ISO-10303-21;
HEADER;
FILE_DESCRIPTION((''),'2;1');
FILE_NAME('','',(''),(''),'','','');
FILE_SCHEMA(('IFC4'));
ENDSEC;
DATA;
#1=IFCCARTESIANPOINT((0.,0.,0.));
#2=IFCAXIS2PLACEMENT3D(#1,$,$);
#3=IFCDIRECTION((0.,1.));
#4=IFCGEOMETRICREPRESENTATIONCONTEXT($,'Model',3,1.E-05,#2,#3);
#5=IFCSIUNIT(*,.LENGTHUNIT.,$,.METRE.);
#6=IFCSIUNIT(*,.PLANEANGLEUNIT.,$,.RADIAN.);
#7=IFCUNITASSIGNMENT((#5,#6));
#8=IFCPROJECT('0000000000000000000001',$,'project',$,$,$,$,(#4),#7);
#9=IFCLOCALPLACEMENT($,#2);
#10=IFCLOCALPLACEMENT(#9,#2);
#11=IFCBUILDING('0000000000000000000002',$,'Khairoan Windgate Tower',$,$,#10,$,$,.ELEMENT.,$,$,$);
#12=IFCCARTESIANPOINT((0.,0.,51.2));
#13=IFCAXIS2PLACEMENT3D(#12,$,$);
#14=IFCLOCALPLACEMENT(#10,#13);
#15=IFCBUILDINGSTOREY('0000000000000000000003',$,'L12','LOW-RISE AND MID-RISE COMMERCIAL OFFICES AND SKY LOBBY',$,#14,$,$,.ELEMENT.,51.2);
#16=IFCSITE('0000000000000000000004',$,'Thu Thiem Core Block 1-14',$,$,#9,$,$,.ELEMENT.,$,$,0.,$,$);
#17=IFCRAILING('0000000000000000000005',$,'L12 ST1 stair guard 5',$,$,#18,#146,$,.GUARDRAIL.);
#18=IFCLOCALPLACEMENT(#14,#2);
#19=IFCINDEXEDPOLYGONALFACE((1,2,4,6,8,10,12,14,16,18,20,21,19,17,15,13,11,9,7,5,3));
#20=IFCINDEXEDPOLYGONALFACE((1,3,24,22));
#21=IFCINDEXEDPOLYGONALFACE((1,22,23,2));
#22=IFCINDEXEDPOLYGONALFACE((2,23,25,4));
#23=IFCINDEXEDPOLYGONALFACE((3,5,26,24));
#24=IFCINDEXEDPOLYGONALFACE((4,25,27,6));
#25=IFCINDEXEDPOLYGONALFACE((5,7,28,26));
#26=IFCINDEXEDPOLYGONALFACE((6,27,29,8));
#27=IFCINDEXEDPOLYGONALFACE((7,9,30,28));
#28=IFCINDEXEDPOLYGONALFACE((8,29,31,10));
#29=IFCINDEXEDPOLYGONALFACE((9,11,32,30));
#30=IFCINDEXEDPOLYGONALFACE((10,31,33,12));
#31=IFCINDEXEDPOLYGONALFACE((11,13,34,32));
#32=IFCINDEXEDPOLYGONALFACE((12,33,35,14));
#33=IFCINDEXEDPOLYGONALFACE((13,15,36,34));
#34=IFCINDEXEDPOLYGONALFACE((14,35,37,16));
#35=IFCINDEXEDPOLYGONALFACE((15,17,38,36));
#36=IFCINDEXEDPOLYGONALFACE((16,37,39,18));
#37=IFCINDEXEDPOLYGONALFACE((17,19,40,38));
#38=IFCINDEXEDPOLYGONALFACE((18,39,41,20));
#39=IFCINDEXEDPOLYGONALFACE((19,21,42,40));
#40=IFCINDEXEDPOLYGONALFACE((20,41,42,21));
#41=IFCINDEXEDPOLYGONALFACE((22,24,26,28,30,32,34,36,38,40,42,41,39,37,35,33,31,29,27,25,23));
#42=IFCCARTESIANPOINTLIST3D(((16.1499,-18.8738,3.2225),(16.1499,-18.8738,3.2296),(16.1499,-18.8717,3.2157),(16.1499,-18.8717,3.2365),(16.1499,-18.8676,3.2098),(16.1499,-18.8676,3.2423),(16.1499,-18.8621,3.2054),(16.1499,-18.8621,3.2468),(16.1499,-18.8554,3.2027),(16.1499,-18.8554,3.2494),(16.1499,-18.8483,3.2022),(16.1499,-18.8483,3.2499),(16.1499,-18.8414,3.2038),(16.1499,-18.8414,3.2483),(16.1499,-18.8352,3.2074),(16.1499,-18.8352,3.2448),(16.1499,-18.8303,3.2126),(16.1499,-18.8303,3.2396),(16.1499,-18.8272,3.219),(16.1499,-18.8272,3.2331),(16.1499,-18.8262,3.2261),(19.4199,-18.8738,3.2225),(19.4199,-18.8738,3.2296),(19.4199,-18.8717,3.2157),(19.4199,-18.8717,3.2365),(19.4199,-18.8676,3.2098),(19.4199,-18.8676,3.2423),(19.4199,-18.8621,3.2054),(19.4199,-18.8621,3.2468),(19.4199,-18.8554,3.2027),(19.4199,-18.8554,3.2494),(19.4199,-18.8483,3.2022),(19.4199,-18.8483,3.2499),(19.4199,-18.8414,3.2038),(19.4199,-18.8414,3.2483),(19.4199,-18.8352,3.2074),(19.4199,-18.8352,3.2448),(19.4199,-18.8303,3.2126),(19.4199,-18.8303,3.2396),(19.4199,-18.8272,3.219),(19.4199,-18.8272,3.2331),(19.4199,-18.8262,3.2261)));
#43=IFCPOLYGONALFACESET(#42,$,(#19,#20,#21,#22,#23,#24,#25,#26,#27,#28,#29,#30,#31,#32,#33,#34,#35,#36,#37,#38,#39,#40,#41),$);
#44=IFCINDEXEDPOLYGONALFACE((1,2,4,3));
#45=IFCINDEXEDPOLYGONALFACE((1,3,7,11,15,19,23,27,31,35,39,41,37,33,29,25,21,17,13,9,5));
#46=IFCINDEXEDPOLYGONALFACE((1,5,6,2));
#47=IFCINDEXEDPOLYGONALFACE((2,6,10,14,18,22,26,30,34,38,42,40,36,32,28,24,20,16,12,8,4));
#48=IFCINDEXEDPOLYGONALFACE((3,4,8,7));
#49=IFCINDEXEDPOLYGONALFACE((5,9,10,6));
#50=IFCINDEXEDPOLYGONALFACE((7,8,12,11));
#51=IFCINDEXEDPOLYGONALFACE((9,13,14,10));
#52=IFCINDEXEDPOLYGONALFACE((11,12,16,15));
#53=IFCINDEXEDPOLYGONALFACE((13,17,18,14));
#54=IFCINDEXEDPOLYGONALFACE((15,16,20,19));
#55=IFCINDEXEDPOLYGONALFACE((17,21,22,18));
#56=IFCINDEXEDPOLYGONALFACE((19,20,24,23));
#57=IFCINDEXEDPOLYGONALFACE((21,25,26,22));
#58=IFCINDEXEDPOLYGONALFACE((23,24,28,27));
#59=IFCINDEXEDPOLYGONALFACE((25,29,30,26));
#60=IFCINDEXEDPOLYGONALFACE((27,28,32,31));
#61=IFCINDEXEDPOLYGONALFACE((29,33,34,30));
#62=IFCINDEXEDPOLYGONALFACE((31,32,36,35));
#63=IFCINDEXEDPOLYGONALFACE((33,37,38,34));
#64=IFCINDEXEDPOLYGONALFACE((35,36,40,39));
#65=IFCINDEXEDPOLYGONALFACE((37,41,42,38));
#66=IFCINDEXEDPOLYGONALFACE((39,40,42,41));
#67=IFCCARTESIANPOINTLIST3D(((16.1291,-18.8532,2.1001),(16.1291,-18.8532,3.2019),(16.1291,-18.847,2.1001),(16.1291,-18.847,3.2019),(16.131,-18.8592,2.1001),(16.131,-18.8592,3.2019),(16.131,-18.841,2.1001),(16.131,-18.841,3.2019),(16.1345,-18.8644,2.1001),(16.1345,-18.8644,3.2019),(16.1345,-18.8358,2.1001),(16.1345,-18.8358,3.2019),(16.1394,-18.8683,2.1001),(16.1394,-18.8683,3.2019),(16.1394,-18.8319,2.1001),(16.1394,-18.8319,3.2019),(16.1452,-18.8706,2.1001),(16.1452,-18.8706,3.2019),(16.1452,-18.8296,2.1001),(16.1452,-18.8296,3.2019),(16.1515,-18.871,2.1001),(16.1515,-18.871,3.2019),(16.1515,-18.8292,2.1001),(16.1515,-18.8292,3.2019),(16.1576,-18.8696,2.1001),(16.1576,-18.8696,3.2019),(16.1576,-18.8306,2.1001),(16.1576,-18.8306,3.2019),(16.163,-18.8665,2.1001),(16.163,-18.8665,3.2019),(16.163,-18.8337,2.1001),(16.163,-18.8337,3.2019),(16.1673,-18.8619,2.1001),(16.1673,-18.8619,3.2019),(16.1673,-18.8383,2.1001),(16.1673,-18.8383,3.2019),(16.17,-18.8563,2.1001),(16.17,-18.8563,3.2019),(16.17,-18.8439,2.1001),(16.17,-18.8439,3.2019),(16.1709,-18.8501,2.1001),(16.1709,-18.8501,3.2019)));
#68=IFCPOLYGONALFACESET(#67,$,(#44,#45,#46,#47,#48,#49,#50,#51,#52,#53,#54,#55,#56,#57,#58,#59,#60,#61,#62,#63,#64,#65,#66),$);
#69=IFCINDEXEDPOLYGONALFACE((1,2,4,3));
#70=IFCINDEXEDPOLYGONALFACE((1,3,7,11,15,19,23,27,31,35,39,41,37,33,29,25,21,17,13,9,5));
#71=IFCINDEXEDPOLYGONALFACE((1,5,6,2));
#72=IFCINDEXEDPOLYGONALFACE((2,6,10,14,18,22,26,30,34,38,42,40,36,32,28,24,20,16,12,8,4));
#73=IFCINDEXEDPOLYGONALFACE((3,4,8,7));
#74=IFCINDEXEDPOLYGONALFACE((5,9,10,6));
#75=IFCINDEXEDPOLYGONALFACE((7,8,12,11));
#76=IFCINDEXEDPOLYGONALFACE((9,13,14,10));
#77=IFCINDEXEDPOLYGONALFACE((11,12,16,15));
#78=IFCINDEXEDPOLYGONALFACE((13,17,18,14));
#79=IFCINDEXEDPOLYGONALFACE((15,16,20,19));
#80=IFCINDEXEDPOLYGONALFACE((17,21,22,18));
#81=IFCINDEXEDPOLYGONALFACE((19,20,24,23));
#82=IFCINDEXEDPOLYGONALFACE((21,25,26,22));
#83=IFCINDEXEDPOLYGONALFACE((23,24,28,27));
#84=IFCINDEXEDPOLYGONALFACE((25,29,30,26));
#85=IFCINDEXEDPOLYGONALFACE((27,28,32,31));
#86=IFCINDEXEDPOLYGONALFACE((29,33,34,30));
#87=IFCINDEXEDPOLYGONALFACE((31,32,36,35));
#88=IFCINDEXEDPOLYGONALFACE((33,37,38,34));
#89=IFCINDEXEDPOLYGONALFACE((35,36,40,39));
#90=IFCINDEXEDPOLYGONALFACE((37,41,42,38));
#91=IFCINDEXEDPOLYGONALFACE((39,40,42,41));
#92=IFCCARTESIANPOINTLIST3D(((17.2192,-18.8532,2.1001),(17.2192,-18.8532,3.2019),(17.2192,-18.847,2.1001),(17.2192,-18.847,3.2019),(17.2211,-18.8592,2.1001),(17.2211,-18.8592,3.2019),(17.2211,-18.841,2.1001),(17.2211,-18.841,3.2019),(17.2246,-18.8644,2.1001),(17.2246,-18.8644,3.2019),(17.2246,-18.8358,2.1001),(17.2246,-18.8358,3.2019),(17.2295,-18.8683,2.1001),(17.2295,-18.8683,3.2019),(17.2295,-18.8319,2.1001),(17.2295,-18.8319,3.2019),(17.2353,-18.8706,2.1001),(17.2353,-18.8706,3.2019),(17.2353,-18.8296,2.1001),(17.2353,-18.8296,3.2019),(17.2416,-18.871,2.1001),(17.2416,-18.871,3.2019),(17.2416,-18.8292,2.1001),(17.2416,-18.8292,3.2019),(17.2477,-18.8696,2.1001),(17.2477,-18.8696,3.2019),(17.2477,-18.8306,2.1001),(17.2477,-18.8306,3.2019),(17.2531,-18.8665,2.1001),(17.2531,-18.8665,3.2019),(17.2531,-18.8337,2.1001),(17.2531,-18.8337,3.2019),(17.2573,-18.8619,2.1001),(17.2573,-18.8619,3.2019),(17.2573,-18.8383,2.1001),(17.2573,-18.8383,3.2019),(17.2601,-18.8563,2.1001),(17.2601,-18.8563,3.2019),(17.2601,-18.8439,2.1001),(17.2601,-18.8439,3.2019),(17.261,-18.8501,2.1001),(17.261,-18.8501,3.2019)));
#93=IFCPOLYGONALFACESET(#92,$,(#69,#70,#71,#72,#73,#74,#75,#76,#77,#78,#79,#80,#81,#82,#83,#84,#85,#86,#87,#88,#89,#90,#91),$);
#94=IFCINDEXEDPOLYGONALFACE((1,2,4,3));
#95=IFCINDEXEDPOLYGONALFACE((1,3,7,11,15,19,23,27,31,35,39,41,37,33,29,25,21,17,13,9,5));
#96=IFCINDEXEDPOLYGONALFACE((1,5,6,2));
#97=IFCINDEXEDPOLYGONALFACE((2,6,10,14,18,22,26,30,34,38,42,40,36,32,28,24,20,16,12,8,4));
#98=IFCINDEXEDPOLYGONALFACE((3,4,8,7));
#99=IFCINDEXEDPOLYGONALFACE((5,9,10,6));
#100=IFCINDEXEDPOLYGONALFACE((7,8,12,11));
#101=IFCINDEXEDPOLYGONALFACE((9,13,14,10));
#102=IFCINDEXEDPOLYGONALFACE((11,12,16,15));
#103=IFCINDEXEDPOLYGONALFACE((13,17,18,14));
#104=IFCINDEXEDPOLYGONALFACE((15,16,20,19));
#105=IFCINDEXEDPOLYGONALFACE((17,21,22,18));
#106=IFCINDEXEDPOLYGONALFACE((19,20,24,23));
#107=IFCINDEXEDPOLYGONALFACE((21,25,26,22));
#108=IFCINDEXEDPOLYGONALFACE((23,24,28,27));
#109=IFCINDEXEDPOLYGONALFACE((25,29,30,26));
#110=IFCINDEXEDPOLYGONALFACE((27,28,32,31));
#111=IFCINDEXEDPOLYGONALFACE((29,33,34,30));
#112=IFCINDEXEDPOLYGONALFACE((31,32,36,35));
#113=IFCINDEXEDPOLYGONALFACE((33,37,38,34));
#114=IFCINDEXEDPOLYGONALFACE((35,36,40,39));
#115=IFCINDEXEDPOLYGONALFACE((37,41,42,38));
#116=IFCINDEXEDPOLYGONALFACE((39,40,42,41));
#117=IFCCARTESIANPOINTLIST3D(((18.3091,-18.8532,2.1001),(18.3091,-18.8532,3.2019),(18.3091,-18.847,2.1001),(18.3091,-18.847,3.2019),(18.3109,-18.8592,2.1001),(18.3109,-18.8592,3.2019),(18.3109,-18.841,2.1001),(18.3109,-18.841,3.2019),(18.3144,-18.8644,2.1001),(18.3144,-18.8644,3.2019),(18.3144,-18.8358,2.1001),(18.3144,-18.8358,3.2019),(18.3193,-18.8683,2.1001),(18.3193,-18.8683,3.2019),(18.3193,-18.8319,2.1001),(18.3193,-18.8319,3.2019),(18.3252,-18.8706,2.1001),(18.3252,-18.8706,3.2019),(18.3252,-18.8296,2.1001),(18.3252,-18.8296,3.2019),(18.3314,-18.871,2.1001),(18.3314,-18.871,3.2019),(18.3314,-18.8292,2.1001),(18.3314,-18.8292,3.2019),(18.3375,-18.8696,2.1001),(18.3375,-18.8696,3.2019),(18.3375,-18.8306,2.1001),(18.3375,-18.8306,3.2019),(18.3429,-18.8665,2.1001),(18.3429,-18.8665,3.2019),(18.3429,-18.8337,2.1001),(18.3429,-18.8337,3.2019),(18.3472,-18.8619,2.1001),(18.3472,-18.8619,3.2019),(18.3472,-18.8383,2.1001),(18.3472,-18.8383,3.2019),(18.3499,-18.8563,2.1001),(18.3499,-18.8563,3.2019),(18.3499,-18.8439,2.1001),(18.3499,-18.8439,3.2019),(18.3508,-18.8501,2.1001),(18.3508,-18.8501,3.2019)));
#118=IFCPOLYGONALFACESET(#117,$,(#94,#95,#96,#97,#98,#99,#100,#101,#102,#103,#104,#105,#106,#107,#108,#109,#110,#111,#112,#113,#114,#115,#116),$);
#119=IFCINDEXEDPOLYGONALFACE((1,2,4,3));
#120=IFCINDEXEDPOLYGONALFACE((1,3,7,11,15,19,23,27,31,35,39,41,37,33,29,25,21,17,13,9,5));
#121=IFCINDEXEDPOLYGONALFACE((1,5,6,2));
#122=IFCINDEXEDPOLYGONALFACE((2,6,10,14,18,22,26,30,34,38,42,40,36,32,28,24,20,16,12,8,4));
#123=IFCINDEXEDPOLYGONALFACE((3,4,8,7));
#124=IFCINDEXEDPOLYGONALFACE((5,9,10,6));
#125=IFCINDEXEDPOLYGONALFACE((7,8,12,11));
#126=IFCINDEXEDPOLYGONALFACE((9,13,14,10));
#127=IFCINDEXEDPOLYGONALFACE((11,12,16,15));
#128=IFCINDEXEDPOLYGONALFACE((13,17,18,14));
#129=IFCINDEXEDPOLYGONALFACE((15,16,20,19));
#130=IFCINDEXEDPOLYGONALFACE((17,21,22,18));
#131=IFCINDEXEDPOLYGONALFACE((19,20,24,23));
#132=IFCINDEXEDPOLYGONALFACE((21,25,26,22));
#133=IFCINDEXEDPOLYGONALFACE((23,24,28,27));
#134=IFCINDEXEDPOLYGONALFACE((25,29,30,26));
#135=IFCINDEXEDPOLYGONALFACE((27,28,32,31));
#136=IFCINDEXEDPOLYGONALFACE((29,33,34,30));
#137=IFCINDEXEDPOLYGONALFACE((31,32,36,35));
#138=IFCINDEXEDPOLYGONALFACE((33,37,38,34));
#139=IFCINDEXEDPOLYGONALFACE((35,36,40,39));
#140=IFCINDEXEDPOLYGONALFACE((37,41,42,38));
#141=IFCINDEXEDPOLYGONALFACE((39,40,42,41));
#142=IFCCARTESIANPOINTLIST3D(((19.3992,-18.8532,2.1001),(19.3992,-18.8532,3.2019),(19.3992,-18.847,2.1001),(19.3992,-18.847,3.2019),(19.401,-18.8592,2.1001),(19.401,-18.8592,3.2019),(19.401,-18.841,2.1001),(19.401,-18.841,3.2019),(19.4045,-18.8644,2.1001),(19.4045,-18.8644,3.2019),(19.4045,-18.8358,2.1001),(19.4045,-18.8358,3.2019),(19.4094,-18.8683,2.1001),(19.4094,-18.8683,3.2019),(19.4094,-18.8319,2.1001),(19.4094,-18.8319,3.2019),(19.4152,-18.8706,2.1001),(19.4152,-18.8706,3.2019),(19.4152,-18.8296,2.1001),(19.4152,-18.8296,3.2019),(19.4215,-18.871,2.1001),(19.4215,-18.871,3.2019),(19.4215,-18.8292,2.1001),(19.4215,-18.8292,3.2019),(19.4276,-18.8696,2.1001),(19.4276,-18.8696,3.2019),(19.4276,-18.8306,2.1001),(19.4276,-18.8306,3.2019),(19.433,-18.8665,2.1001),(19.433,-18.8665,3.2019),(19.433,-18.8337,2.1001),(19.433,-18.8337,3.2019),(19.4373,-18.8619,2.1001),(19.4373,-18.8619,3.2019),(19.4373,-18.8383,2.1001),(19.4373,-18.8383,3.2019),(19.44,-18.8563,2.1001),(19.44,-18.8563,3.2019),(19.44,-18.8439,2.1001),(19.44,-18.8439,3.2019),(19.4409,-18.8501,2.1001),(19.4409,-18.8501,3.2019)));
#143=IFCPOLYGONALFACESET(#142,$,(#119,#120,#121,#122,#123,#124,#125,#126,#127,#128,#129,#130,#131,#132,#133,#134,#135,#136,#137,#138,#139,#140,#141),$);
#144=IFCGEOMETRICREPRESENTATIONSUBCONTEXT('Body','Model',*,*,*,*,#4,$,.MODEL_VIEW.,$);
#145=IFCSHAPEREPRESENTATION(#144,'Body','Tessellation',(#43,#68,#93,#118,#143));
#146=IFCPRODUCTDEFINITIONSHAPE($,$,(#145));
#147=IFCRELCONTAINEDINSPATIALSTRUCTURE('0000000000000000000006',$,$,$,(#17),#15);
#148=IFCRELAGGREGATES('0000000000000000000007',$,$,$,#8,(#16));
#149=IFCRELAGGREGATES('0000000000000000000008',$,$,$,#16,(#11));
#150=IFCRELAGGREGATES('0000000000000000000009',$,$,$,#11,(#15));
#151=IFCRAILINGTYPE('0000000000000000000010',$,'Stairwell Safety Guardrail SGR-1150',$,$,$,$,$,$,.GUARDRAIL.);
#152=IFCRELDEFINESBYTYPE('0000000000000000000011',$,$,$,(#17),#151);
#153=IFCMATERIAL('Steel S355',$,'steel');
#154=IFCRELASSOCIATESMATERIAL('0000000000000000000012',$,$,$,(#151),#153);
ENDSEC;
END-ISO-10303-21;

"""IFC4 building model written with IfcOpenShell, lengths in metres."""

from ifc_helpers import new_model, si_unit, direction, frame, origin, origin_2d, place, context, subcontext, project, spatial, circle, extrude, material, type_object, element, save


model = new_model("IFC4")

# Units and contexts
model_context = context("Model", 3, precision=1e-05, world=origin(), true_north=direction((0.0, 1.0)))
body_context = subcontext(model_context, "Body", "Model", "MODEL_VIEW")
ifc_project = project(units=[si_unit("LENGTHUNIT", "METRE"), si_unit("PLANEANGLEUNIT", "RADIAN")], contexts=[model_context])

# Site, building, storey
site_placement = place(None, origin())
site = spatial("IfcSite", under=ifc_project, at=site_placement, Name="Thu Thiem Core Block 1-14", CompositionType="ELEMENT", RefElevation=0.0)
building_placement = place(site_placement, origin())
building = spatial("IfcBuilding", under=site, at=building_placement, Name="Khairoan Windgate Tower", CompositionType="ELEMENT")
storey_placement = place(building_placement, frame((0.0, 0.0, 51.2)))
storey = spatial("IfcBuildingStorey", under=building, at=storey_placement, Name="L12", Description="LOW-RISE AND MID-RISE COMMERCIAL OFFICES AND SKY LOBBY", CompositionType="ELEMENT", Elevation=51.2)

# Railing
ifc_material_1 = material(Name="Steel S355", Category="steel")
railing_type = type_object("IfcRailingType", Name="Stairwell Safety Guardrail SGR-1150", PredefinedType="GUARDRAIL", material=ifc_material_1)
railing_1_placement = place(storey_placement, frame((16.1499, -18.8501, 2.1001)))
element("IfcRailing", 1, at=railing_1_placement, inside=storey, type_object=railing_type, Name="L12 ST1 stair guard 5", PredefinedType="GUARDRAIL", context=body_context, shape_type="SweptSolid", body=[
    extrude(circle(Radius=0.0239, at=origin_2d()), frame((0.0, 0.0, 1.126), z_axis=(1.0, 0.0, 0.0), x_axis=(0.0, 1.0, 0.0)), (0.0, 0.0, 1.0), 3.27),
    extrude(circle(Radius=0.021, at=origin_2d()), origin(), (0.0, 0.0, 1.0), 1.1018),
    extrude(circle(Radius=0.021, at=origin_2d()), frame((1.0901, 0.0, 0.0)), (0.0, 0.0, 1.0), 1.1018),
    extrude(circle(Radius=0.021, at=origin_2d()), frame((2.1799, 0.0, 0.0)), (0.0, 0.0, 1.0), 1.1018),
    extrude(circle(Radius=0.021, at=origin_2d()), frame((3.27, 0.0, 0.0)), (0.0, 0.0, 1.0), 1.1018),
])

save(model, "model.ifc")
